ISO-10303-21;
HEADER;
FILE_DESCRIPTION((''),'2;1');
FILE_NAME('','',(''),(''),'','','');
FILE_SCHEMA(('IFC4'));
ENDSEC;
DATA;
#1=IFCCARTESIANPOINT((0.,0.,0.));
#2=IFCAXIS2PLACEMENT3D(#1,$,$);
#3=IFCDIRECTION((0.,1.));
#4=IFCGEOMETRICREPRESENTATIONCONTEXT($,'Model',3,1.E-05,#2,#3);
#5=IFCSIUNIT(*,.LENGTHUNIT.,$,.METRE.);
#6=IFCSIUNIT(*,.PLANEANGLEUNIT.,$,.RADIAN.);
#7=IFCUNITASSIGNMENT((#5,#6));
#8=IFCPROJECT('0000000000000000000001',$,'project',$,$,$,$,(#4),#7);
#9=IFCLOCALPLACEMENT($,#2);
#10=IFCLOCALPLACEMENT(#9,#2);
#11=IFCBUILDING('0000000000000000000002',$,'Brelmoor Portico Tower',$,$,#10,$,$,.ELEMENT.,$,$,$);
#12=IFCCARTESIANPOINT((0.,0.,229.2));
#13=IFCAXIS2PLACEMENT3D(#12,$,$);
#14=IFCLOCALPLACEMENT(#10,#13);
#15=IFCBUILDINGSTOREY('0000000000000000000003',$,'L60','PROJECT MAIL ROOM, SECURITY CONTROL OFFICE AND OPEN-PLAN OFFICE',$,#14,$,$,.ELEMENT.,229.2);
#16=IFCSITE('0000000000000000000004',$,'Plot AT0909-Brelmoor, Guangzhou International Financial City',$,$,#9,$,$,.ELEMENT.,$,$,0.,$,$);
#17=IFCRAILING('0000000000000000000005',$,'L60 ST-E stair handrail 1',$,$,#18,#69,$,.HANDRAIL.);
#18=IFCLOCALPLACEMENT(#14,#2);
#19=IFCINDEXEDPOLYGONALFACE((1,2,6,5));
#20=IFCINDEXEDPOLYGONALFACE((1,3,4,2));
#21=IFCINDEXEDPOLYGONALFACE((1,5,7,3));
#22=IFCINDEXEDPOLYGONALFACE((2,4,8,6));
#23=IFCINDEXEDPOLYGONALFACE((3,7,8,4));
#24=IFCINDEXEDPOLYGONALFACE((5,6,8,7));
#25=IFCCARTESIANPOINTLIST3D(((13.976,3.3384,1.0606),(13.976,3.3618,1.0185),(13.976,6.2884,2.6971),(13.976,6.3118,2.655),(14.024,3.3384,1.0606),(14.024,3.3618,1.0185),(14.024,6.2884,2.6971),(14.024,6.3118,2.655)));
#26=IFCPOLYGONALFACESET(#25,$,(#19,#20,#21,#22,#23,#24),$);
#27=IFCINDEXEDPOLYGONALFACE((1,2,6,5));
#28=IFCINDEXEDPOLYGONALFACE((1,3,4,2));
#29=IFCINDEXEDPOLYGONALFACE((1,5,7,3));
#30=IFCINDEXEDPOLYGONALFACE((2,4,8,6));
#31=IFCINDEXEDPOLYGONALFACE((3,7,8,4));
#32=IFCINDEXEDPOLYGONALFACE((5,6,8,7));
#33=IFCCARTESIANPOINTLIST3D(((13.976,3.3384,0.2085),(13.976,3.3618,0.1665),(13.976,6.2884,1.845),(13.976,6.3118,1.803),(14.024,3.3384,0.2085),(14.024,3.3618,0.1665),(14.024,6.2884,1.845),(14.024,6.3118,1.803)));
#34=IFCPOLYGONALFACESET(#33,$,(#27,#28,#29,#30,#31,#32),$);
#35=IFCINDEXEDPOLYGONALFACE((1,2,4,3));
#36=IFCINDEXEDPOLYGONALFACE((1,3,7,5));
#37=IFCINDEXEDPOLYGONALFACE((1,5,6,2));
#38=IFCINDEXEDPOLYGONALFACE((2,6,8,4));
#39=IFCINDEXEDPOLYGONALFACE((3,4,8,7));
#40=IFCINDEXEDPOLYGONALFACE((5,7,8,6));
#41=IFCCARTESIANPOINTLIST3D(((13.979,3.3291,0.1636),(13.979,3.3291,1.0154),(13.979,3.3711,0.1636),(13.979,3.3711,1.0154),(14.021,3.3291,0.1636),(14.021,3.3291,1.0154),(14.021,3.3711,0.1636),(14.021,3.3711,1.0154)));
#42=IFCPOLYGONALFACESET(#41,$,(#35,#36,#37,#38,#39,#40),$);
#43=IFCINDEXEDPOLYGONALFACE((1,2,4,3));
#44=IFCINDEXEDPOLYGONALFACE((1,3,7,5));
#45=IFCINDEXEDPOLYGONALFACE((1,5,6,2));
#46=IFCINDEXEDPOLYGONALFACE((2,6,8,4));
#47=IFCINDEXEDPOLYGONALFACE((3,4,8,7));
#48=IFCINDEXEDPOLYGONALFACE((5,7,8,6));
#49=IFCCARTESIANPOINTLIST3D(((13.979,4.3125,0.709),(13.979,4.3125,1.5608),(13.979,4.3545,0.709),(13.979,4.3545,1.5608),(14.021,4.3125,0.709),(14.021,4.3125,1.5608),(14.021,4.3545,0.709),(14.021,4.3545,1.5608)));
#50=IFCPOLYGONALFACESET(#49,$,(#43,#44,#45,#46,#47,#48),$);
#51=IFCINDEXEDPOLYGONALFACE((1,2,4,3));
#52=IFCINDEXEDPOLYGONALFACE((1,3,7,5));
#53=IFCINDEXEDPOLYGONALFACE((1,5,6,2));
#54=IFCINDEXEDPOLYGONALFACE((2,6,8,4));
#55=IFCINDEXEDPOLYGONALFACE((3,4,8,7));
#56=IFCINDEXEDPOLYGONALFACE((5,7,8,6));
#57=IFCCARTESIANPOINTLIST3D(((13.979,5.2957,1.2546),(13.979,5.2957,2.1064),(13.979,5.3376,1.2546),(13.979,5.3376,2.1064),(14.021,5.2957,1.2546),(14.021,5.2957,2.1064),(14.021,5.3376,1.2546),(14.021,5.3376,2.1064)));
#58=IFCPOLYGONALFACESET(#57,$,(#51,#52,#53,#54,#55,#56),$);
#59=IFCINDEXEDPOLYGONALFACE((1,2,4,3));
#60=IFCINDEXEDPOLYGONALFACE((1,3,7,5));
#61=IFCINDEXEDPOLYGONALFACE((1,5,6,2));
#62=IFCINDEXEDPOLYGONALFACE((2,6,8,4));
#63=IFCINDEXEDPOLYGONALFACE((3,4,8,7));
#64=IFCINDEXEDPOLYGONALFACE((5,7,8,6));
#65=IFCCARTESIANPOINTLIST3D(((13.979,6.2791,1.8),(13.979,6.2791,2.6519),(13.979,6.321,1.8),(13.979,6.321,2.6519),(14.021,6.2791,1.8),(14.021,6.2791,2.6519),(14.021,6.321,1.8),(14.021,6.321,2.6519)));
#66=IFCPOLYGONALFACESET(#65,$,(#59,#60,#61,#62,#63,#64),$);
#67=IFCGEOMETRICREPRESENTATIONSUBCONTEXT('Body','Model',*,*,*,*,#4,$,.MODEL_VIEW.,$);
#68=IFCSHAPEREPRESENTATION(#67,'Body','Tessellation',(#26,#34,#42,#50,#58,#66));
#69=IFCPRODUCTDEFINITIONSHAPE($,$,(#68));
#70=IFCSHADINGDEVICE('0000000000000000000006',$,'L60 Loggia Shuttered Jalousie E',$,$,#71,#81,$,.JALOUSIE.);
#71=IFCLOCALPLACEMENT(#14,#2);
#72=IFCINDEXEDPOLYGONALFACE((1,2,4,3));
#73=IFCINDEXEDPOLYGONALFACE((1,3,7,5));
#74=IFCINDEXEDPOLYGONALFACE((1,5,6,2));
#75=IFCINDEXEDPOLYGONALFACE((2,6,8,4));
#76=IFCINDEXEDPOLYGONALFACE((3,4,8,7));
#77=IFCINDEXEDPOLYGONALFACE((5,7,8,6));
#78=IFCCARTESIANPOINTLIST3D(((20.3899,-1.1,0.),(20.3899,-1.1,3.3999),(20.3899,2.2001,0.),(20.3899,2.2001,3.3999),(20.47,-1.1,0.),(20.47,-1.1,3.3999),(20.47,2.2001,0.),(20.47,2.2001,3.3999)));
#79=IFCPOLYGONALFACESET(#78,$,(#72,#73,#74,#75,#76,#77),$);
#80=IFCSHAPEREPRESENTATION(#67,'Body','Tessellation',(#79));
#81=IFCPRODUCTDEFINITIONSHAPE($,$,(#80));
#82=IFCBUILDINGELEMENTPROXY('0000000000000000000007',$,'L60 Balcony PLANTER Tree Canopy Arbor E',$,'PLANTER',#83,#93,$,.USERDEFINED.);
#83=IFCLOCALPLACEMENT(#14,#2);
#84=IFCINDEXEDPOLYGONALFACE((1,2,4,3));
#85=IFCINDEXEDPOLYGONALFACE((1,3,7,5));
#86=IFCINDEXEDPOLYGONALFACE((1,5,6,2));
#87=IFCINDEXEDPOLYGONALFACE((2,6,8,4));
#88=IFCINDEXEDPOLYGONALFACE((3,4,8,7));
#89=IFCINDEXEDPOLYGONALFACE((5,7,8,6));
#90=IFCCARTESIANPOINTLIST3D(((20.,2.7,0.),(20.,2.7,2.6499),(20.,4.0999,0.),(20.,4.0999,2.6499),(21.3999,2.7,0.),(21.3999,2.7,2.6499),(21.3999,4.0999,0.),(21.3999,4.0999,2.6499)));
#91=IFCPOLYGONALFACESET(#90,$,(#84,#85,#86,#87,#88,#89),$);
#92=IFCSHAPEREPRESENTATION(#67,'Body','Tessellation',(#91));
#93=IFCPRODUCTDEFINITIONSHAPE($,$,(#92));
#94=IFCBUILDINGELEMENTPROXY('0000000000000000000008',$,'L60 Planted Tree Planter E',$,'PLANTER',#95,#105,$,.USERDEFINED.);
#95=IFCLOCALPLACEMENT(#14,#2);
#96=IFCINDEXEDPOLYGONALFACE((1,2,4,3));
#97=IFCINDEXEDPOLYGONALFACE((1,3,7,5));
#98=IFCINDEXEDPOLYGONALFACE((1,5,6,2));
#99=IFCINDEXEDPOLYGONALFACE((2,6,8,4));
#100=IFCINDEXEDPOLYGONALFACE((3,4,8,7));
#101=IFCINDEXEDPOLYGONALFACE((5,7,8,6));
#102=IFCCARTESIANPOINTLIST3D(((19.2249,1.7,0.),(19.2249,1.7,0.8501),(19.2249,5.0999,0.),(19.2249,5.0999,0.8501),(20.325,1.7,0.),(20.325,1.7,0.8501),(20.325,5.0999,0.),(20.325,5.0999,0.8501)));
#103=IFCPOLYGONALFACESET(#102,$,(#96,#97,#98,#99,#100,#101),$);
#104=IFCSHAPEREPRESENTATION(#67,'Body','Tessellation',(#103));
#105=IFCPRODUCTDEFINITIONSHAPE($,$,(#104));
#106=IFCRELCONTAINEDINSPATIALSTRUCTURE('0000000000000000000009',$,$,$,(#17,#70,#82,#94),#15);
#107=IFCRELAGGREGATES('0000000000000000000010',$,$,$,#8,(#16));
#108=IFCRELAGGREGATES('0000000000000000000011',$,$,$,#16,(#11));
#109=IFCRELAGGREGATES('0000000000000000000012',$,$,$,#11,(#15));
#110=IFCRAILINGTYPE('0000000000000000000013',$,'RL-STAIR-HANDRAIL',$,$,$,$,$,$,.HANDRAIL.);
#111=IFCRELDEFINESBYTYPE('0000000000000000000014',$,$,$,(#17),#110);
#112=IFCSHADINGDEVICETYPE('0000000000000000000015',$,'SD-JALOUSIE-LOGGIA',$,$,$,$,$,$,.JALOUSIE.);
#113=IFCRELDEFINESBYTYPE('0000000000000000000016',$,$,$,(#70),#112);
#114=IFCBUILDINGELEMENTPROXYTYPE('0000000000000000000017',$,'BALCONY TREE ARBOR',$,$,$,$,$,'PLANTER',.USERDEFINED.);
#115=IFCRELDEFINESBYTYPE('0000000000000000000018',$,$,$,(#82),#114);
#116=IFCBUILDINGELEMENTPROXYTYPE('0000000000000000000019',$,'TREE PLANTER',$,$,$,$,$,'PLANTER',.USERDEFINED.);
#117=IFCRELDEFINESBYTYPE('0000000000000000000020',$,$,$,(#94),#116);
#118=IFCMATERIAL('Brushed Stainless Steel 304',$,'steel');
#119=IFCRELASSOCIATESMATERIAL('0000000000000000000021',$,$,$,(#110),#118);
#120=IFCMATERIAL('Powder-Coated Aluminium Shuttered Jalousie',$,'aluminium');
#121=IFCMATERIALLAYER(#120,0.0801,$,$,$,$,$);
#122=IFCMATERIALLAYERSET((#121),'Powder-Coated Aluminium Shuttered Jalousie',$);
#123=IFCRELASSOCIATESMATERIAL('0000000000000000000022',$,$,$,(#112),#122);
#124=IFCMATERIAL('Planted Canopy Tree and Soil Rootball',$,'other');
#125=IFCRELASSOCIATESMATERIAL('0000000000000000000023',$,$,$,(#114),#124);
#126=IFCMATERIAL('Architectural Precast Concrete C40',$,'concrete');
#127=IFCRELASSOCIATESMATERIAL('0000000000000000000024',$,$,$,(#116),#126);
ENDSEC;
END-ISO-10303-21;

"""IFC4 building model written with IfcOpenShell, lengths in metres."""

from ifc_helpers import new_model, si_unit, direction, frame, origin, origin_2d, place, context, subcontext, project, spatial, rectangle, extrude, material, layer, layer_set, type_object, element, save


model = new_model("IFC4")

# Units and contexts
model_context = context("Model", 3, precision=1e-05, world=origin(), true_north=direction((0.0, 1.0)))
body_context = subcontext(model_context, "Body", "Model", "MODEL_VIEW")
ifc_project = project(units=[si_unit("LENGTHUNIT", "METRE"), si_unit("PLANEANGLEUNIT", "RADIAN")], contexts=[model_context])

# Site, building, storey
site_placement = place(None, origin())
site = spatial("IfcSite", under=ifc_project, at=site_placement, Name="Plot AT0909-Brelmoor, Guangzhou International Financial City", CompositionType="ELEMENT", RefElevation=0.0)
building_placement = place(site_placement, origin())
building = spatial("IfcBuilding", under=site, at=building_placement, Name="Brelmoor Portico Tower", CompositionType="ELEMENT")
storey_placement = place(building_placement, frame((0.0, 0.0, 229.2)))
storey = spatial("IfcBuildingStorey", under=building, at=storey_placement, Name="L60", Description="PROJECT MAIL ROOM, SECURITY CONTROL OFFICE AND OPEN-PLAN OFFICE", CompositionType="ELEMENT", Elevation=229.2)

# Railing
ifc_material_1 = material(Name="Brushed Stainless Steel 304", Category="steel")
railing_type_1 = type_object("IfcRailingType", Name="RL-STAIR-HANDRAIL", PredefinedType="HANDRAIL", material=ifc_material_1)
railing_1_placement = place(storey_placement, frame((14.0, 3.3501, 0.1636)))
element("IfcRailing", 1, at=railing_1_placement, inside=storey, type_object=railing_type_1, Name="L60 ST-E stair handrail 1", PredefinedType="HANDRAIL", context=body_context, shape_type="SweptSolid", body=[
    extrude(rectangle(XDim=0.0481, YDim=0.0481, at=origin_2d()), frame((0.0, 0.0, 0.876), z_axis=(0.0, 0.874458, 0.485102), x_axis=(-1.0, 0.0, 0.0)), (0.0, 0.0, 1.0), 3.3735),
    extrude(rectangle(XDim=0.0481, YDim=0.0481, at=origin_2d()), frame((0.0, 0.0, 0.0239), z_axis=(0.0, 0.874458, 0.485102), x_axis=(-1.0, 0.0, 0.0)), (0.0, 0.0, 1.0), 3.3735),
    extrude(rectangle(XDim=0.042, YDim=0.042, at=origin_2d()), origin(), (0.0, 0.0, 1.0), 0.8518),
    extrude(rectangle(XDim=0.042, YDim=0.042, at=origin_2d()), frame((0.0, 0.9834, 0.5454)), (0.0, 0.0, 1.0), 0.8518),
    extrude(rectangle(XDim=0.042, YDim=0.042, at=origin_2d()), frame((0.0, 1.9666, 1.0911)), (0.0, 0.0, 1.0), 0.8518),
    extrude(rectangle(XDim=0.042, YDim=0.042, at=origin_2d()), frame((0.0, 2.95, 1.6365)), (0.0, 0.0, 1.0), 0.8518),
])

# Shading device
ifc_material_2 = material(Name="Powder-Coated Aluminium Shuttered Jalousie", Category="aluminium")
ifc_layer_1 = layer(ifc_material_2, 0.0801)
ifc_layer_set_1 = layer_set([ifc_layer_1], Name="Powder-Coated Aluminium Shuttered Jalousie")
shading_device_type = type_object("IfcShadingDeviceType", Name="SD-JALOUSIE-LOGGIA", PredefinedType="JALOUSIE", material=ifc_layer_set_1)
shading_device_placement = place(storey_placement, frame((20.4299, 0.55, 0.0), z_axis=(0.0, 0.0, 1.0), x_axis=(0.0, 1.0, 0.0)))
element("IfcShadingDevice", 2, at=shading_device_placement, inside=storey, type_object=shading_device_type, Name="L60 Loggia Shuttered Jalousie E", PredefinedType="JALOUSIE", context=body_context, shape_type="SweptSolid", body=[
    extrude(rectangle(XDim=3.3, YDim=0.0801, at=origin_2d()), origin(), (0.0, 0.0, 1.0), 3.3999),
])

# Building element proxies
ifc_material_3 = material(Name="Planted Canopy Tree and Soil Rootball", Category="other")
building_element_proxy_type_1 = type_object("IfcBuildingElementProxyType", Name="BALCONY TREE ARBOR", ElementType="PLANTER", PredefinedType="USERDEFINED", material=ifc_material_3)
proxy_1_placement = place(storey_placement, frame((20.7, 3.3999, 0.0), z_axis=(0.0, 0.0, 1.0), x_axis=(1.0, 0.0, 0.0)))
element("IfcBuildingElementProxy", 3, at=proxy_1_placement, inside=storey, type_object=building_element_proxy_type_1, Name="L60 Balcony PLANTER Tree Canopy Arbor E", ObjectType="PLANTER", PredefinedType="USERDEFINED", context=body_context, shape_type="SweptSolid", body=[
    extrude(rectangle(XDim=1.3999, YDim=1.3999, at=origin_2d()), origin(), (0.0, 0.0, 1.0), 2.6499),
])
ifc_material_4 = material(Name="Architectural Precast Concrete C40", Category="concrete")
building_element_proxy_type_2 = type_object("IfcBuildingElementProxyType", Name="TREE PLANTER", ElementType="PLANTER", PredefinedType="USERDEFINED", material=ifc_material_4)
proxy_2_placement = place(storey_placement, frame((19.7749, 3.3999, 0.0), z_axis=(0.0, 0.0, 1.0), x_axis=(0.0, 1.0, 0.0)))
element("IfcBuildingElementProxy", 4, at=proxy_2_placement, inside=storey, type_object=building_element_proxy_type_2, Name="L60 Planted Tree Planter E", ObjectType="PLANTER", PredefinedType="USERDEFINED", context=body_context, shape_type="SweptSolid", body=[
    extrude(rectangle(XDim=3.3999, YDim=1.1001, at=origin_2d()), origin(), (0.0, 0.0, 1.0), 0.8501),
])

save(model, "model.ifc")
